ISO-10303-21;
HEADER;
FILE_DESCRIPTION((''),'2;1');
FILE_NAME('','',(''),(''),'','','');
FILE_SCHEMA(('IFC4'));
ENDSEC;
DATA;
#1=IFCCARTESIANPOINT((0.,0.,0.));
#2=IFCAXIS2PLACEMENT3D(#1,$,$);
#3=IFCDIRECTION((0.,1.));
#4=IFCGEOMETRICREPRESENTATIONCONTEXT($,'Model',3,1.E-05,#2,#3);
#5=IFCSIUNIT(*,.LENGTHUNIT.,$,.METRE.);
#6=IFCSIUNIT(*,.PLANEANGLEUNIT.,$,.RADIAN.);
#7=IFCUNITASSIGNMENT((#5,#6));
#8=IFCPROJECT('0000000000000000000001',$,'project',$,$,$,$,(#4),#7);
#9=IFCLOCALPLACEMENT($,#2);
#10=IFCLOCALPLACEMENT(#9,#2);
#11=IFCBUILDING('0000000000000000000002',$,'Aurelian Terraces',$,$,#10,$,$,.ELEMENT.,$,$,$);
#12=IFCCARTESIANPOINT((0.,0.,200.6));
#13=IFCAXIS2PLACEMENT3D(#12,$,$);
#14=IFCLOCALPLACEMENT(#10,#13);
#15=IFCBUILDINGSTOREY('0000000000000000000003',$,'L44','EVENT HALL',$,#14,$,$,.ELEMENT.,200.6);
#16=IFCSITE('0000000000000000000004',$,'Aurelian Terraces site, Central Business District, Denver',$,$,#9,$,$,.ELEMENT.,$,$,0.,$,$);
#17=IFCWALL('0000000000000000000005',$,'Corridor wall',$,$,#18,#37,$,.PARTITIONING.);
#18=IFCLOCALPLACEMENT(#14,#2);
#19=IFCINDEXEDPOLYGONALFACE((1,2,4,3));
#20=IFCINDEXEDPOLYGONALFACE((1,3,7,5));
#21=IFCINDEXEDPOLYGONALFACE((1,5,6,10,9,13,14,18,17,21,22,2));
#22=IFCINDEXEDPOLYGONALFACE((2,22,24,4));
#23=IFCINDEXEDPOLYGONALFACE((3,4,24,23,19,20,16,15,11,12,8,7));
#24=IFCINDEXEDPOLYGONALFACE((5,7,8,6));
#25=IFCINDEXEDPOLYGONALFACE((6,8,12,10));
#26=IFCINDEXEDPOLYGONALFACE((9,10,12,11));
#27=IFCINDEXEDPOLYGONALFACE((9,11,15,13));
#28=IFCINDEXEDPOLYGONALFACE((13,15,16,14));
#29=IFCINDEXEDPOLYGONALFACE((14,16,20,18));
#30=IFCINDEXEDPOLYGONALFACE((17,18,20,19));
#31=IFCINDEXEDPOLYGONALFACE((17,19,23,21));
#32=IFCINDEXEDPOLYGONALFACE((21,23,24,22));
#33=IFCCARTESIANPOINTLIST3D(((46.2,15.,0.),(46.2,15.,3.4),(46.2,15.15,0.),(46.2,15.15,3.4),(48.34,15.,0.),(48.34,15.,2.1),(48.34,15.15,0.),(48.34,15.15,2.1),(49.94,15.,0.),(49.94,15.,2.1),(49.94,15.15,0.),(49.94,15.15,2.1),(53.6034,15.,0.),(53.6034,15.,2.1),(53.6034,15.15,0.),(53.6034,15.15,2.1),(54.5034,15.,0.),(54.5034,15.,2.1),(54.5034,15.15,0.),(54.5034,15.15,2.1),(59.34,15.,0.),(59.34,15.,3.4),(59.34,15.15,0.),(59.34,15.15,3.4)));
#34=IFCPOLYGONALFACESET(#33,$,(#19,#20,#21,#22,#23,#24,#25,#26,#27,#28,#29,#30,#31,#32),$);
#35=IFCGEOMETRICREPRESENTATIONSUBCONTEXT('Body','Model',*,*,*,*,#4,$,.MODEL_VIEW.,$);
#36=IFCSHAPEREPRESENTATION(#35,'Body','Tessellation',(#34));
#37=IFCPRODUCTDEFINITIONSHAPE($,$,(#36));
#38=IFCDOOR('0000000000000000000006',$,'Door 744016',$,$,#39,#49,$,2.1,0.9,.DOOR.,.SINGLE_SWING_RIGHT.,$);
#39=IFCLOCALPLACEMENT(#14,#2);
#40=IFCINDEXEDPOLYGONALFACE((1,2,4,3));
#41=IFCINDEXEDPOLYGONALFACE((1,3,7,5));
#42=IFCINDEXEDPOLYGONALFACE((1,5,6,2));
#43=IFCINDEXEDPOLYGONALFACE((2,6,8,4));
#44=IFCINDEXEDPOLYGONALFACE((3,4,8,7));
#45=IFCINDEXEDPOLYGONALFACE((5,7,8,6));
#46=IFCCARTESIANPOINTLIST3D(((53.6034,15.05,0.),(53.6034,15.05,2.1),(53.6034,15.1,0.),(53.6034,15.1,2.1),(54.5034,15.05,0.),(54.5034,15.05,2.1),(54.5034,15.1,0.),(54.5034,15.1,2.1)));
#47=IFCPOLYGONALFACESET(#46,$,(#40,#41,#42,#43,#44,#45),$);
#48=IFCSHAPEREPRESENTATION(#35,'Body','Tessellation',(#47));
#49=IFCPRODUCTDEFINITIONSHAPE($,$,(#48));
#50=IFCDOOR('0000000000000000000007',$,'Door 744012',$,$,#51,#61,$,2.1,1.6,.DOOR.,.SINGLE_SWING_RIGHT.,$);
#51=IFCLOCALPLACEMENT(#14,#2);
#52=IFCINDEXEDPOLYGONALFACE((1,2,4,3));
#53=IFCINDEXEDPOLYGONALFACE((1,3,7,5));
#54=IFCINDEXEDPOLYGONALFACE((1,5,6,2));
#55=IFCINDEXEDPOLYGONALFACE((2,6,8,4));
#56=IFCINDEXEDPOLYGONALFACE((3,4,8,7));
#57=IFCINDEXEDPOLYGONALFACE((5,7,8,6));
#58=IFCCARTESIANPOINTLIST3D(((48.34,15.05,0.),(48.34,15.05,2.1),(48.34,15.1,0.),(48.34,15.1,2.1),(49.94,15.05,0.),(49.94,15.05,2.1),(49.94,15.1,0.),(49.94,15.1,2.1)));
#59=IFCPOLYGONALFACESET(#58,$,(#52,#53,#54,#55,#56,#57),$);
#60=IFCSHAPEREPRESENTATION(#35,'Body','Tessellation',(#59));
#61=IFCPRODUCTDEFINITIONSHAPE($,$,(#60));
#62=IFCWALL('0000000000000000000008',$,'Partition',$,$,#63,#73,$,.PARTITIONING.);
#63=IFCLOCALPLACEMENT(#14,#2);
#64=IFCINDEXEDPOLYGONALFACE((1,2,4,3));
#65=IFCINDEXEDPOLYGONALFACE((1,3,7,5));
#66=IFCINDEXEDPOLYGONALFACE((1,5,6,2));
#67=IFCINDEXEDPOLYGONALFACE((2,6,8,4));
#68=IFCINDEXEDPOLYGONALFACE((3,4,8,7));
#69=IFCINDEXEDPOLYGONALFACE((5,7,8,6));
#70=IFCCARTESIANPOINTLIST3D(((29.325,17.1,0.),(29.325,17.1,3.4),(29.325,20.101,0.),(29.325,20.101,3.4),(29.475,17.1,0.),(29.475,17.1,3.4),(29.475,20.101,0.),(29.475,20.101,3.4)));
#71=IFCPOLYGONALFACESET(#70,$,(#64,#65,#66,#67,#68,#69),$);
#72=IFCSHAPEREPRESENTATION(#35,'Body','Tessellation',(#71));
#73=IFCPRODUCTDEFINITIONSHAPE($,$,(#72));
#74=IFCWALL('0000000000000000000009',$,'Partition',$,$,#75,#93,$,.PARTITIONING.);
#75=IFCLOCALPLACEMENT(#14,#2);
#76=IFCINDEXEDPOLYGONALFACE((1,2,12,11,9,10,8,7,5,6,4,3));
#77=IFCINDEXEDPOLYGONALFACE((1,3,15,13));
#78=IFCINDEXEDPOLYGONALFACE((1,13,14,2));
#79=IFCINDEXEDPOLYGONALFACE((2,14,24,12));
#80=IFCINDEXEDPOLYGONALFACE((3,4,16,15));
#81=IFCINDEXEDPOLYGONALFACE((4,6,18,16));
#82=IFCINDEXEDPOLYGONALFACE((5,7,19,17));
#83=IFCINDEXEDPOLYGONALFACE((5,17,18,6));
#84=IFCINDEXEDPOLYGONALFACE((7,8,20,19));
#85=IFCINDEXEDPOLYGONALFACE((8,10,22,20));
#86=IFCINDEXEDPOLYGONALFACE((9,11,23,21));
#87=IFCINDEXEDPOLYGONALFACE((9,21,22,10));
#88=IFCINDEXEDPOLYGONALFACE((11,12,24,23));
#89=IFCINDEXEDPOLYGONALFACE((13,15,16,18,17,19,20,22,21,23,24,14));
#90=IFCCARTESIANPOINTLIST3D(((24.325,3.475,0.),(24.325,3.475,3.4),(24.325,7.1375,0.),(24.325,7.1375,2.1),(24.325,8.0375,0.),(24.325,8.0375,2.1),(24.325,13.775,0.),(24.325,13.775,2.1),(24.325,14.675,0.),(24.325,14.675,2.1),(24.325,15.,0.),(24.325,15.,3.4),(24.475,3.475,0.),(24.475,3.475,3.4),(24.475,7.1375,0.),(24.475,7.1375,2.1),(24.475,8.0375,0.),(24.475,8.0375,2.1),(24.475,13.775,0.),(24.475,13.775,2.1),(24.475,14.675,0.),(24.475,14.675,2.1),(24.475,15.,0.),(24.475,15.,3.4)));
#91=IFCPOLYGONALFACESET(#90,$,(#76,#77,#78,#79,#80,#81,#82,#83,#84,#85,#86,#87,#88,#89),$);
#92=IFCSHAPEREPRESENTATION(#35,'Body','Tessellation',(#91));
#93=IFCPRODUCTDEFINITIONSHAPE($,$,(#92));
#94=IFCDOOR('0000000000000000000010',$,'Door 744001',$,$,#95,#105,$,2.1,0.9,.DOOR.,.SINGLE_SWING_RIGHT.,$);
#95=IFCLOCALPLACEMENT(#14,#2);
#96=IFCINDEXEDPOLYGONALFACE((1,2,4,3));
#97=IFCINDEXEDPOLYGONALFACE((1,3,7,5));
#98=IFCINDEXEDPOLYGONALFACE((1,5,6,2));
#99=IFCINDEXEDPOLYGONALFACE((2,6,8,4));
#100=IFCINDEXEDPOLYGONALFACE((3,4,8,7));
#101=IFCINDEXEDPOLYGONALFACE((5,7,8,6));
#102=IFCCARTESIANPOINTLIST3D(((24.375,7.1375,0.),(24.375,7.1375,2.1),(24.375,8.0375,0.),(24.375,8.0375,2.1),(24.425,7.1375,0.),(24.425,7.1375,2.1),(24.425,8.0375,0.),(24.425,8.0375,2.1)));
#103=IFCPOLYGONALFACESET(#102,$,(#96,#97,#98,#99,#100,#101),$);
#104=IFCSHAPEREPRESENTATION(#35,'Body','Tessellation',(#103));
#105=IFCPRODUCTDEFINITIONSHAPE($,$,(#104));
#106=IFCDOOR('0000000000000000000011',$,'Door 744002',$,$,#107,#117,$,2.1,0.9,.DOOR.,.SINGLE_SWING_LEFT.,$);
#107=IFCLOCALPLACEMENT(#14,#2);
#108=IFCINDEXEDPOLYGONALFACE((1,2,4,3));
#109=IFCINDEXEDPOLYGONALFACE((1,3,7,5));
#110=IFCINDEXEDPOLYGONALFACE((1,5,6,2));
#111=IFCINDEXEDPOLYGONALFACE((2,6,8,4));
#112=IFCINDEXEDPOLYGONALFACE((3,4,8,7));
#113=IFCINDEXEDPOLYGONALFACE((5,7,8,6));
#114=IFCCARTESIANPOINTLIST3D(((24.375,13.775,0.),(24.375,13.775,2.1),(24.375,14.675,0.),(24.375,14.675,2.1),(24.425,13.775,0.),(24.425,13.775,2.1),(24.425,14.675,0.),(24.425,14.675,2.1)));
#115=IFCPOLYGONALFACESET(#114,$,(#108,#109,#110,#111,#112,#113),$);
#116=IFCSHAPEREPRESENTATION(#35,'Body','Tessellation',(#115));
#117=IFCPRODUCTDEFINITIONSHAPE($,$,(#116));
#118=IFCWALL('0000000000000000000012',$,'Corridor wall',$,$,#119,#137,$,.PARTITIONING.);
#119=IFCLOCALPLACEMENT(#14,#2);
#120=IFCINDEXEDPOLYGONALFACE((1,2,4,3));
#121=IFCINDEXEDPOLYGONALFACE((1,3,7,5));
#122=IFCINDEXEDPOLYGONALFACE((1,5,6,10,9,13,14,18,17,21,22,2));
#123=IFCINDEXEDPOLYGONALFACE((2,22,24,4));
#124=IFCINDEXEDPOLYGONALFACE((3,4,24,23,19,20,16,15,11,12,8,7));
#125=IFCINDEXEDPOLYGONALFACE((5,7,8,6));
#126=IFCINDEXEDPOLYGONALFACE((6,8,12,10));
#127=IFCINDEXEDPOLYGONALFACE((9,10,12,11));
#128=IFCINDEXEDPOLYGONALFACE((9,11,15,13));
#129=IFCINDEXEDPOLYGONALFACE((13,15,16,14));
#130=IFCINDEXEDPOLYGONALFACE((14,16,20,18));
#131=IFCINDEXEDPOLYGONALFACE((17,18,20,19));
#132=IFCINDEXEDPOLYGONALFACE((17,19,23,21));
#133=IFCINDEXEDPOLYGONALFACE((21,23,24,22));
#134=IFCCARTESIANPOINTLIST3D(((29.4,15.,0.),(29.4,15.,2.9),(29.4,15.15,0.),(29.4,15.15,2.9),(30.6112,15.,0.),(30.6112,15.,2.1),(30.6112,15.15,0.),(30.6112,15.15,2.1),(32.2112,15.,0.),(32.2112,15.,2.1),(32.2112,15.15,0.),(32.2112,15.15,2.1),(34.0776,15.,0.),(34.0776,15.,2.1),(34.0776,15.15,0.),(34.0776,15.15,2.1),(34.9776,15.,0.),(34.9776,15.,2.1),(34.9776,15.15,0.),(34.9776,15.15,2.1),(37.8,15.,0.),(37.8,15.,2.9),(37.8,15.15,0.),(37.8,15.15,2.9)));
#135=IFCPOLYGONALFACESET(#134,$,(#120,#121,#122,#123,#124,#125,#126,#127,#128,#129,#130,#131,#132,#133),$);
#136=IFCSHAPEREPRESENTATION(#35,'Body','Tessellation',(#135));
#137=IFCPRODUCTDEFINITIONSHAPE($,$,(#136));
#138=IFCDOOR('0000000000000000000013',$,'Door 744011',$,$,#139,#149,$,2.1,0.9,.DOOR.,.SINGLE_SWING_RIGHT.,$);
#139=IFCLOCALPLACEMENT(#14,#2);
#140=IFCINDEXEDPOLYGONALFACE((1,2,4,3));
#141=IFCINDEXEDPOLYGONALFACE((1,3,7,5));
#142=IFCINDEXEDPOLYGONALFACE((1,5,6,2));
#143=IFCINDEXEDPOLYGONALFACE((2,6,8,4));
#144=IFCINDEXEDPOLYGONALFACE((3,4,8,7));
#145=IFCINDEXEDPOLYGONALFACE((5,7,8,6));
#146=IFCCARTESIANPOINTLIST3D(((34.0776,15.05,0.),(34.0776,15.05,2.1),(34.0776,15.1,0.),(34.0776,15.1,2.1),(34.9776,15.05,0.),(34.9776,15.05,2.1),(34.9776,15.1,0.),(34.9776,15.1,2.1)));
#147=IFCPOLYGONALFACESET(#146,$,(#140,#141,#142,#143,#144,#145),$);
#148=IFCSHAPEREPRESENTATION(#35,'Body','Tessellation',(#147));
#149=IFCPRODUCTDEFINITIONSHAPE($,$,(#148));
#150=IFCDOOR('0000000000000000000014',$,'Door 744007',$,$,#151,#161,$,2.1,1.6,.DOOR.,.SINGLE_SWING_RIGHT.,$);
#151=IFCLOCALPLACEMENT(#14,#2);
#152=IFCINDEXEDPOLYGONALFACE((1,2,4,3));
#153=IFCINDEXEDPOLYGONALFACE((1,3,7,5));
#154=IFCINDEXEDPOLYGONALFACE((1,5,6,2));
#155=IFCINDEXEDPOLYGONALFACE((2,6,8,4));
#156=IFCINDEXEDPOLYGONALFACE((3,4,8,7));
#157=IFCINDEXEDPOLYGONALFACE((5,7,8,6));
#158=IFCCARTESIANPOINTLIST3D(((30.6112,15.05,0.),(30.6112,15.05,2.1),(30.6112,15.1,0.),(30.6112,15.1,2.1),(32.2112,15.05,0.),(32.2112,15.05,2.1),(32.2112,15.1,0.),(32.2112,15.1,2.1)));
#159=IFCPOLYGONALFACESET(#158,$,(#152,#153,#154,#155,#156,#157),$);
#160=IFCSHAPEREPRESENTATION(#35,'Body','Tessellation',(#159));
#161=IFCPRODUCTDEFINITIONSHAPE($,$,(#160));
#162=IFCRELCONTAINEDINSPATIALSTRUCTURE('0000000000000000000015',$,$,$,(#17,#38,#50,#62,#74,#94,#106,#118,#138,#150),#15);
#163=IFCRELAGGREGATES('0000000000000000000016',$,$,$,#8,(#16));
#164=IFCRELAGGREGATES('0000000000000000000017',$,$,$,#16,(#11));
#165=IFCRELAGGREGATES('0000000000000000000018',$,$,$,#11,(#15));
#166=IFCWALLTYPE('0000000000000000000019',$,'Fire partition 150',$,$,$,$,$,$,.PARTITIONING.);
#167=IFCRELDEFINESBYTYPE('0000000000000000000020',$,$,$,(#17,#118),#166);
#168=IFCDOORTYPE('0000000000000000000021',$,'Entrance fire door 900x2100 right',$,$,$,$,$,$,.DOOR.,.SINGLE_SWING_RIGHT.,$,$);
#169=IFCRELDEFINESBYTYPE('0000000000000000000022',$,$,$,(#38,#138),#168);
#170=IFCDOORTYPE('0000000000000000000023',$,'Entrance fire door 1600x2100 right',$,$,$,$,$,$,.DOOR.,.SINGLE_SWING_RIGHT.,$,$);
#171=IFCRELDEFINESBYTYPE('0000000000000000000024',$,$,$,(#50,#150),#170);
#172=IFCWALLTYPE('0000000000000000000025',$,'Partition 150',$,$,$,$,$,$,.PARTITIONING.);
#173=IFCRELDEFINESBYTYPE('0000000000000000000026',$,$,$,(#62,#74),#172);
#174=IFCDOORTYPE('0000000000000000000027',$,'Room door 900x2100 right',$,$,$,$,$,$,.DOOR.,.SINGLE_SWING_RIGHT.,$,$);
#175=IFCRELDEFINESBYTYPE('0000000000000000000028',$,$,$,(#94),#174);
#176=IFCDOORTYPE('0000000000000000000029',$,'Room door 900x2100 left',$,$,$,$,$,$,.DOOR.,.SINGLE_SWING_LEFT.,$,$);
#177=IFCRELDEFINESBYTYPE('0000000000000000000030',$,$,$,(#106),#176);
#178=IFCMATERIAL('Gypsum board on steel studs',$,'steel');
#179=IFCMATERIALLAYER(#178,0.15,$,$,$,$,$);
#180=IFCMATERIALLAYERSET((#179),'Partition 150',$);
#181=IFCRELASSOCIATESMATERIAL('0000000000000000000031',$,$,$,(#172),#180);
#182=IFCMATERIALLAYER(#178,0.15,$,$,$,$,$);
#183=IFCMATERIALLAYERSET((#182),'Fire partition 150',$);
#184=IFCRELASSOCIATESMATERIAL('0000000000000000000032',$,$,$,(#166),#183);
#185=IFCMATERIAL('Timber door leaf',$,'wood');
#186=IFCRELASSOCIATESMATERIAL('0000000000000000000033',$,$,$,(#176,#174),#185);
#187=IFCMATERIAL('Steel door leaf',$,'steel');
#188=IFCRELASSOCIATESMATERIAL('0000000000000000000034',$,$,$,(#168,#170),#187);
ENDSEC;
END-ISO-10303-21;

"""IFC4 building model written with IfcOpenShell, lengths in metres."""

from ifc_helpers import new_model, si_unit, direction, frame, frame_2d, origin, place, context, subcontext, project, spatial, rectangle, extrude, source, transform, mapped, material, layer, layer_set, type_object, element, fill, save


model = new_model("IFC4")

# Units and contexts
model_context = context("Model", 3, precision=1e-05, world=origin(), true_north=direction((0.0, 1.0)))
body_context = subcontext(model_context, "Body", "Model", "MODEL_VIEW")
ifc_project = project(units=[si_unit("LENGTHUNIT", "METRE"), si_unit("PLANEANGLEUNIT", "RADIAN")], contexts=[model_context])

# Site, building, storey
site_placement = place(None, origin())
site = spatial("IfcSite", under=ifc_project, at=site_placement, Name="Aurelian Terraces site, Central Business District, Denver", CompositionType="ELEMENT", RefElevation=0.0)
building_placement = place(site_placement, origin())
building = spatial("IfcBuilding", under=site, at=building_placement, Name="Aurelian Terraces", CompositionType="ELEMENT")
storey_placement = place(building_placement, frame((0.0, 0.0, 200.6)))
storey = spatial("IfcBuildingStorey", under=building, at=storey_placement, Name="L44", Description="EVENT HALL", CompositionType="ELEMENT", Elevation=200.6)

# Shared definitions
ifc_material_1 = material(Name="Gypsum board on steel studs", Category="steel")
ifc_layer_1 = layer(ifc_material_1, 0.15)
ifc_layer_set_1 = layer_set([ifc_layer_1], Name="Partition 150")
wall_type_1 = type_object("IfcWallType", Name="Partition 150", PredefinedType="PARTITIONING", material=ifc_layer_set_1)

# Shared definitions
ifc_layer_2 = layer(ifc_material_1, 0.15)
ifc_layer_set_2 = layer_set([ifc_layer_2], Name="Fire partition 150")
wall_type_2 = type_object("IfcWallType", Name="Fire partition 150", PredefinedType="PARTITIONING", material=ifc_layer_set_2)
shared_shape_1 = source(origin(), body_context, "Body", "SweptSolid", [
    extrude(rectangle(XDim=0.9, YDim=2.1, at=frame_2d((0.45, 1.05))), frame((0.0, 0.085, 0.0), z_axis=(0.0, -1.0, 0.0), x_axis=(1.0, 0.0, 0.0)), (0.0, 0.0, 1.0), 0.17),
])
ifc_material_2 = material(Name="Timber door leaf", Category="wood")
door_type_1 = type_object("IfcDoorType", Name="Room door 900x2100 left", OperationType="SINGLE_SWING_LEFT", PredefinedType="DOOR", material=ifc_material_2)
shared_shape_2 = source(origin(), body_context, "Body", "SweptSolid", [
    extrude(rectangle(XDim=0.9, YDim=2.1, at=frame_2d((0.45, 1.05))), frame((0.0, 0.025, 0.0), z_axis=(0.0, -1.0, 0.0), x_axis=(1.0, 0.0, 0.0)), (0.0, 0.0, 1.0), 0.05),
])

# Wall, openings, doors
shared_shape_3 = source(origin(), body_context, "Body", "SweptSolid", [
    extrude(rectangle(XDim=13.14, YDim=0.15, at=frame_2d((6.57, 0.0))), origin(), (0.0, 0.0, 1.0), 3.4),
])
wall_1_placement = place(storey_placement, frame((59.34, 15.075, 0.0), z_axis=(0.0, 0.0, 1.0), x_axis=(-1.0, 0.0, 0.0)))
wall_1 = element("IfcWall", 1, at=wall_1_placement, inside=storey, type_object=wall_type_2, Name="Corridor wall", PredefinedType="PARTITIONING", context=body_context, shape_type="MappedRepresentation", body=[
    mapped(shared_shape_3, transform((0.0, 0.0, 0.0), scale=1.0)),
])
shared_shape_4 = source(origin(), body_context, "Body", "SweptSolid", [
    extrude(rectangle(XDim=1.6, YDim=2.1, at=frame_2d((0.8, 1.05))), frame((0.0, 0.085, 0.0), z_axis=(0.0, -1.0, 0.0), x_axis=(1.0, 0.0, 0.0)), (0.0, 0.0, 1.0), 0.17),
])
opening_1_placement = place(wall_1_placement, frame((9.4, 0.0, 0.0)))
opening_1 = element("IfcOpeningElement", 2, at=opening_1_placement, cuts=wall_1, PredefinedType="OPENING", context=body_context, shape_type="MappedRepresentation", body=[
    mapped(shared_shape_4, transform((0.0, 0.0, 0.0), scale=1.0)),
])
opening_2_placement = place(wall_1_placement, frame((4.8366, 0.0, 0.0)))
opening_2 = element("IfcOpeningElement", 3, at=opening_2_placement, cuts=wall_1, PredefinedType="OPENING", context=body_context, shape_type="MappedRepresentation", body=[
    mapped(shared_shape_1, transform((0.0, 0.0, 0.0), scale=1.0)),
])
ifc_material_3 = material(Name="Steel door leaf", Category="steel")
door_type_2 = type_object("IfcDoorType", Name="Entrance fire door 900x2100 right", OperationType="SINGLE_SWING_RIGHT", PredefinedType="DOOR", material=ifc_material_3)
door_1_placement = place(opening_2_placement, origin())
door_1 = element("IfcDoor", 4, at=door_1_placement, inside=storey, type_object=door_type_2, Name="Door 744016", OperationType="SINGLE_SWING_RIGHT", OverallHeight=2.1, OverallWidth=0.9, PredefinedType="DOOR", context=body_context, shape_type="MappedRepresentation", body=[
    mapped(shared_shape_2, transform((0.0, 0.0, 0.0), scale=1.0)),
])
fill(opening_2, door_1)
door_type_3 = type_object("IfcDoorType", Name="Entrance fire door 1600x2100 right", OperationType="SINGLE_SWING_RIGHT", PredefinedType="DOOR", material=ifc_material_3)
shared_shape_5 = source(origin(), body_context, "Body", "SweptSolid", [
    extrude(rectangle(XDim=1.6, YDim=2.1, at=frame_2d((0.8, 1.05))), frame((0.0, 0.025, 0.0), z_axis=(0.0, -1.0, 0.0), x_axis=(1.0, 0.0, 0.0)), (0.0, 0.0, 1.0), 0.05),
])
door_2_placement = place(opening_1_placement, origin())
door_2 = element("IfcDoor", 5, at=door_2_placement, inside=storey, type_object=door_type_3, Name="Door 744012", OperationType="SINGLE_SWING_RIGHT", OverallHeight=2.1, OverallWidth=1.6, PredefinedType="DOOR", context=body_context, shape_type="MappedRepresentation", body=[
    mapped(shared_shape_5, transform((0.0, 0.0, 0.0), scale=1.0)),
])
fill(opening_1, door_2)

# Wall
shared_shape_6 = source(origin(), body_context, "Body", "SweptSolid", [
    extrude(rectangle(XDim=3.001, YDim=0.15, at=frame_2d((1.5005, 0.0))), origin(), (0.0, 0.0, 1.0), 3.4),
])
wall_2_placement = place(storey_placement, frame((29.4, 17.1, 0.0), z_axis=(0.0, 0.0, 1.0), x_axis=(0.0, 1.0, 0.0)))
element("IfcWall", 6, at=wall_2_placement, inside=storey, type_object=wall_type_1, Name="Partition", PredefinedType="PARTITIONING", context=body_context, shape_type="MappedRepresentation", body=[
    mapped(shared_shape_6, transform((0.0, 0.0, 0.0), scale=1.0)),
])

# Walls, openings, doors
shared_shape_7 = source(origin(), body_context, "Body", "SweptSolid", [
    extrude(rectangle(XDim=11.525, YDim=0.15, at=frame_2d((5.7625, 0.0))), origin(), (0.0, 0.0, 1.0), 3.4),
])
wall_3_placement = place(storey_placement, frame((24.4, 15.0, 0.0), z_axis=(0.0, 0.0, 1.0), x_axis=(0.0, -1.0, 0.0)))
wall_3 = element("IfcWall", 7, at=wall_3_placement, inside=storey, type_object=wall_type_1, Name="Partition", PredefinedType="PARTITIONING", context=body_context, shape_type="MappedRepresentation", body=[
    mapped(shared_shape_7, transform((0.0, 0.0, 0.0), scale=1.0)),
])
opening_3_placement = place(wall_3_placement, frame((6.9625, 0.0, 0.0)))
opening_3 = element("IfcOpeningElement", 8, at=opening_3_placement, cuts=wall_3, PredefinedType="OPENING", context=body_context, shape_type="MappedRepresentation", body=[
    mapped(shared_shape_1, transform((0.0, 0.0, 0.0), scale=1.0)),
])
opening_4_placement = place(wall_3_placement, frame((0.325, 0.0, 0.0)))
opening_4 = element("IfcOpeningElement", 9, at=opening_4_placement, cuts=wall_3, PredefinedType="OPENING", context=body_context, shape_type="MappedRepresentation", body=[
    mapped(shared_shape_1, transform((0.0, 0.0, 0.0), scale=1.0)),
])
door_type_4 = type_object("IfcDoorType", Name="Room door 900x2100 right", OperationType="SINGLE_SWING_RIGHT", PredefinedType="DOOR", material=ifc_material_2)
door_3_placement = place(opening_3_placement, origin())
door_3 = element("IfcDoor", 10, at=door_3_placement, inside=storey, type_object=door_type_4, Name="Door 744001", OperationType="SINGLE_SWING_RIGHT", OverallHeight=2.1, OverallWidth=0.9, PredefinedType="DOOR", context=body_context, shape_type="MappedRepresentation", body=[
    mapped(shared_shape_2, transform((0.0, 0.0, 0.0), scale=1.0)),
])
fill(opening_3, door_3)
door_4_placement = place(opening_4_placement, origin())
door_4 = element("IfcDoor", 11, at=door_4_placement, inside=storey, type_object=door_type_1, Name="Door 744002", OperationType="SINGLE_SWING_LEFT", OverallHeight=2.1, OverallWidth=0.9, PredefinedType="DOOR", context=body_context, shape_type="MappedRepresentation", body=[
    mapped(shared_shape_2, transform((0.0, 0.0, 0.0), scale=1.0)),
])
fill(opening_4, door_4)
shared_shape_8 = source(origin(), body_context, "Body", "SweptSolid", [
    extrude(rectangle(XDim=8.4, YDim=0.15, at=frame_2d((4.2, 0.0))), origin(), (0.0, 0.0, 1.0), 2.9),
])
wall_4_placement = place(storey_placement, frame((37.8, 15.075, 0.0), z_axis=(0.0, 0.0, 1.0), x_axis=(-1.0, 0.0, 0.0)))
wall_4 = element("IfcWall", 12, at=wall_4_placement, inside=storey, type_object=wall_type_2, Name="Corridor wall", PredefinedType="PARTITIONING", context=body_context, shape_type="MappedRepresentation", body=[
    mapped(shared_shape_8, transform((0.0, 0.0, 0.0), scale=1.0)),
])
opening_5_placement = place(wall_4_placement, frame((5.5888, 0.0, 0.0)))
opening_5 = element("IfcOpeningElement", 13, at=opening_5_placement, cuts=wall_4, PredefinedType="OPENING", context=body_context, shape_type="MappedRepresentation", body=[
    mapped(shared_shape_4, transform((0.0, 0.0, 0.0), scale=1.0)),
])
opening_6_placement = place(wall_4_placement, frame((2.8224, 0.0, 0.0)))
opening_6 = element("IfcOpeningElement", 14, at=opening_6_placement, cuts=wall_4, PredefinedType="OPENING", context=body_context, shape_type="MappedRepresentation", body=[
    mapped(shared_shape_1, transform((0.0, 0.0, 0.0), scale=1.0)),
])
door_5_placement = place(opening_6_placement, origin())
door_5 = element("IfcDoor", 15, at=door_5_placement, inside=storey, type_object=door_type_2, Name="Door 744011", OperationType="SINGLE_SWING_RIGHT", OverallHeight=2.1, OverallWidth=0.9, PredefinedType="DOOR", context=body_context, shape_type="MappedRepresentation", body=[
    mapped(shared_shape_2, transform((0.0, 0.0, 0.0), scale=1.0)),
])
fill(opening_6, door_5)
door_6_placement = place(opening_5_placement, origin())
door_6 = element("IfcDoor", 16, at=door_6_placement, inside=storey, type_object=door_type_3, Name="Door 744007", OperationType="SINGLE_SWING_RIGHT", OverallHeight=2.1, OverallWidth=1.6, PredefinedType="DOOR", context=body_context, shape_type="MappedRepresentation", body=[
    mapped(shared_shape_5, transform((0.0, 0.0, 0.0), scale=1.0)),
])
fill(opening_5, door_6)

save(model, "model.ifc")
